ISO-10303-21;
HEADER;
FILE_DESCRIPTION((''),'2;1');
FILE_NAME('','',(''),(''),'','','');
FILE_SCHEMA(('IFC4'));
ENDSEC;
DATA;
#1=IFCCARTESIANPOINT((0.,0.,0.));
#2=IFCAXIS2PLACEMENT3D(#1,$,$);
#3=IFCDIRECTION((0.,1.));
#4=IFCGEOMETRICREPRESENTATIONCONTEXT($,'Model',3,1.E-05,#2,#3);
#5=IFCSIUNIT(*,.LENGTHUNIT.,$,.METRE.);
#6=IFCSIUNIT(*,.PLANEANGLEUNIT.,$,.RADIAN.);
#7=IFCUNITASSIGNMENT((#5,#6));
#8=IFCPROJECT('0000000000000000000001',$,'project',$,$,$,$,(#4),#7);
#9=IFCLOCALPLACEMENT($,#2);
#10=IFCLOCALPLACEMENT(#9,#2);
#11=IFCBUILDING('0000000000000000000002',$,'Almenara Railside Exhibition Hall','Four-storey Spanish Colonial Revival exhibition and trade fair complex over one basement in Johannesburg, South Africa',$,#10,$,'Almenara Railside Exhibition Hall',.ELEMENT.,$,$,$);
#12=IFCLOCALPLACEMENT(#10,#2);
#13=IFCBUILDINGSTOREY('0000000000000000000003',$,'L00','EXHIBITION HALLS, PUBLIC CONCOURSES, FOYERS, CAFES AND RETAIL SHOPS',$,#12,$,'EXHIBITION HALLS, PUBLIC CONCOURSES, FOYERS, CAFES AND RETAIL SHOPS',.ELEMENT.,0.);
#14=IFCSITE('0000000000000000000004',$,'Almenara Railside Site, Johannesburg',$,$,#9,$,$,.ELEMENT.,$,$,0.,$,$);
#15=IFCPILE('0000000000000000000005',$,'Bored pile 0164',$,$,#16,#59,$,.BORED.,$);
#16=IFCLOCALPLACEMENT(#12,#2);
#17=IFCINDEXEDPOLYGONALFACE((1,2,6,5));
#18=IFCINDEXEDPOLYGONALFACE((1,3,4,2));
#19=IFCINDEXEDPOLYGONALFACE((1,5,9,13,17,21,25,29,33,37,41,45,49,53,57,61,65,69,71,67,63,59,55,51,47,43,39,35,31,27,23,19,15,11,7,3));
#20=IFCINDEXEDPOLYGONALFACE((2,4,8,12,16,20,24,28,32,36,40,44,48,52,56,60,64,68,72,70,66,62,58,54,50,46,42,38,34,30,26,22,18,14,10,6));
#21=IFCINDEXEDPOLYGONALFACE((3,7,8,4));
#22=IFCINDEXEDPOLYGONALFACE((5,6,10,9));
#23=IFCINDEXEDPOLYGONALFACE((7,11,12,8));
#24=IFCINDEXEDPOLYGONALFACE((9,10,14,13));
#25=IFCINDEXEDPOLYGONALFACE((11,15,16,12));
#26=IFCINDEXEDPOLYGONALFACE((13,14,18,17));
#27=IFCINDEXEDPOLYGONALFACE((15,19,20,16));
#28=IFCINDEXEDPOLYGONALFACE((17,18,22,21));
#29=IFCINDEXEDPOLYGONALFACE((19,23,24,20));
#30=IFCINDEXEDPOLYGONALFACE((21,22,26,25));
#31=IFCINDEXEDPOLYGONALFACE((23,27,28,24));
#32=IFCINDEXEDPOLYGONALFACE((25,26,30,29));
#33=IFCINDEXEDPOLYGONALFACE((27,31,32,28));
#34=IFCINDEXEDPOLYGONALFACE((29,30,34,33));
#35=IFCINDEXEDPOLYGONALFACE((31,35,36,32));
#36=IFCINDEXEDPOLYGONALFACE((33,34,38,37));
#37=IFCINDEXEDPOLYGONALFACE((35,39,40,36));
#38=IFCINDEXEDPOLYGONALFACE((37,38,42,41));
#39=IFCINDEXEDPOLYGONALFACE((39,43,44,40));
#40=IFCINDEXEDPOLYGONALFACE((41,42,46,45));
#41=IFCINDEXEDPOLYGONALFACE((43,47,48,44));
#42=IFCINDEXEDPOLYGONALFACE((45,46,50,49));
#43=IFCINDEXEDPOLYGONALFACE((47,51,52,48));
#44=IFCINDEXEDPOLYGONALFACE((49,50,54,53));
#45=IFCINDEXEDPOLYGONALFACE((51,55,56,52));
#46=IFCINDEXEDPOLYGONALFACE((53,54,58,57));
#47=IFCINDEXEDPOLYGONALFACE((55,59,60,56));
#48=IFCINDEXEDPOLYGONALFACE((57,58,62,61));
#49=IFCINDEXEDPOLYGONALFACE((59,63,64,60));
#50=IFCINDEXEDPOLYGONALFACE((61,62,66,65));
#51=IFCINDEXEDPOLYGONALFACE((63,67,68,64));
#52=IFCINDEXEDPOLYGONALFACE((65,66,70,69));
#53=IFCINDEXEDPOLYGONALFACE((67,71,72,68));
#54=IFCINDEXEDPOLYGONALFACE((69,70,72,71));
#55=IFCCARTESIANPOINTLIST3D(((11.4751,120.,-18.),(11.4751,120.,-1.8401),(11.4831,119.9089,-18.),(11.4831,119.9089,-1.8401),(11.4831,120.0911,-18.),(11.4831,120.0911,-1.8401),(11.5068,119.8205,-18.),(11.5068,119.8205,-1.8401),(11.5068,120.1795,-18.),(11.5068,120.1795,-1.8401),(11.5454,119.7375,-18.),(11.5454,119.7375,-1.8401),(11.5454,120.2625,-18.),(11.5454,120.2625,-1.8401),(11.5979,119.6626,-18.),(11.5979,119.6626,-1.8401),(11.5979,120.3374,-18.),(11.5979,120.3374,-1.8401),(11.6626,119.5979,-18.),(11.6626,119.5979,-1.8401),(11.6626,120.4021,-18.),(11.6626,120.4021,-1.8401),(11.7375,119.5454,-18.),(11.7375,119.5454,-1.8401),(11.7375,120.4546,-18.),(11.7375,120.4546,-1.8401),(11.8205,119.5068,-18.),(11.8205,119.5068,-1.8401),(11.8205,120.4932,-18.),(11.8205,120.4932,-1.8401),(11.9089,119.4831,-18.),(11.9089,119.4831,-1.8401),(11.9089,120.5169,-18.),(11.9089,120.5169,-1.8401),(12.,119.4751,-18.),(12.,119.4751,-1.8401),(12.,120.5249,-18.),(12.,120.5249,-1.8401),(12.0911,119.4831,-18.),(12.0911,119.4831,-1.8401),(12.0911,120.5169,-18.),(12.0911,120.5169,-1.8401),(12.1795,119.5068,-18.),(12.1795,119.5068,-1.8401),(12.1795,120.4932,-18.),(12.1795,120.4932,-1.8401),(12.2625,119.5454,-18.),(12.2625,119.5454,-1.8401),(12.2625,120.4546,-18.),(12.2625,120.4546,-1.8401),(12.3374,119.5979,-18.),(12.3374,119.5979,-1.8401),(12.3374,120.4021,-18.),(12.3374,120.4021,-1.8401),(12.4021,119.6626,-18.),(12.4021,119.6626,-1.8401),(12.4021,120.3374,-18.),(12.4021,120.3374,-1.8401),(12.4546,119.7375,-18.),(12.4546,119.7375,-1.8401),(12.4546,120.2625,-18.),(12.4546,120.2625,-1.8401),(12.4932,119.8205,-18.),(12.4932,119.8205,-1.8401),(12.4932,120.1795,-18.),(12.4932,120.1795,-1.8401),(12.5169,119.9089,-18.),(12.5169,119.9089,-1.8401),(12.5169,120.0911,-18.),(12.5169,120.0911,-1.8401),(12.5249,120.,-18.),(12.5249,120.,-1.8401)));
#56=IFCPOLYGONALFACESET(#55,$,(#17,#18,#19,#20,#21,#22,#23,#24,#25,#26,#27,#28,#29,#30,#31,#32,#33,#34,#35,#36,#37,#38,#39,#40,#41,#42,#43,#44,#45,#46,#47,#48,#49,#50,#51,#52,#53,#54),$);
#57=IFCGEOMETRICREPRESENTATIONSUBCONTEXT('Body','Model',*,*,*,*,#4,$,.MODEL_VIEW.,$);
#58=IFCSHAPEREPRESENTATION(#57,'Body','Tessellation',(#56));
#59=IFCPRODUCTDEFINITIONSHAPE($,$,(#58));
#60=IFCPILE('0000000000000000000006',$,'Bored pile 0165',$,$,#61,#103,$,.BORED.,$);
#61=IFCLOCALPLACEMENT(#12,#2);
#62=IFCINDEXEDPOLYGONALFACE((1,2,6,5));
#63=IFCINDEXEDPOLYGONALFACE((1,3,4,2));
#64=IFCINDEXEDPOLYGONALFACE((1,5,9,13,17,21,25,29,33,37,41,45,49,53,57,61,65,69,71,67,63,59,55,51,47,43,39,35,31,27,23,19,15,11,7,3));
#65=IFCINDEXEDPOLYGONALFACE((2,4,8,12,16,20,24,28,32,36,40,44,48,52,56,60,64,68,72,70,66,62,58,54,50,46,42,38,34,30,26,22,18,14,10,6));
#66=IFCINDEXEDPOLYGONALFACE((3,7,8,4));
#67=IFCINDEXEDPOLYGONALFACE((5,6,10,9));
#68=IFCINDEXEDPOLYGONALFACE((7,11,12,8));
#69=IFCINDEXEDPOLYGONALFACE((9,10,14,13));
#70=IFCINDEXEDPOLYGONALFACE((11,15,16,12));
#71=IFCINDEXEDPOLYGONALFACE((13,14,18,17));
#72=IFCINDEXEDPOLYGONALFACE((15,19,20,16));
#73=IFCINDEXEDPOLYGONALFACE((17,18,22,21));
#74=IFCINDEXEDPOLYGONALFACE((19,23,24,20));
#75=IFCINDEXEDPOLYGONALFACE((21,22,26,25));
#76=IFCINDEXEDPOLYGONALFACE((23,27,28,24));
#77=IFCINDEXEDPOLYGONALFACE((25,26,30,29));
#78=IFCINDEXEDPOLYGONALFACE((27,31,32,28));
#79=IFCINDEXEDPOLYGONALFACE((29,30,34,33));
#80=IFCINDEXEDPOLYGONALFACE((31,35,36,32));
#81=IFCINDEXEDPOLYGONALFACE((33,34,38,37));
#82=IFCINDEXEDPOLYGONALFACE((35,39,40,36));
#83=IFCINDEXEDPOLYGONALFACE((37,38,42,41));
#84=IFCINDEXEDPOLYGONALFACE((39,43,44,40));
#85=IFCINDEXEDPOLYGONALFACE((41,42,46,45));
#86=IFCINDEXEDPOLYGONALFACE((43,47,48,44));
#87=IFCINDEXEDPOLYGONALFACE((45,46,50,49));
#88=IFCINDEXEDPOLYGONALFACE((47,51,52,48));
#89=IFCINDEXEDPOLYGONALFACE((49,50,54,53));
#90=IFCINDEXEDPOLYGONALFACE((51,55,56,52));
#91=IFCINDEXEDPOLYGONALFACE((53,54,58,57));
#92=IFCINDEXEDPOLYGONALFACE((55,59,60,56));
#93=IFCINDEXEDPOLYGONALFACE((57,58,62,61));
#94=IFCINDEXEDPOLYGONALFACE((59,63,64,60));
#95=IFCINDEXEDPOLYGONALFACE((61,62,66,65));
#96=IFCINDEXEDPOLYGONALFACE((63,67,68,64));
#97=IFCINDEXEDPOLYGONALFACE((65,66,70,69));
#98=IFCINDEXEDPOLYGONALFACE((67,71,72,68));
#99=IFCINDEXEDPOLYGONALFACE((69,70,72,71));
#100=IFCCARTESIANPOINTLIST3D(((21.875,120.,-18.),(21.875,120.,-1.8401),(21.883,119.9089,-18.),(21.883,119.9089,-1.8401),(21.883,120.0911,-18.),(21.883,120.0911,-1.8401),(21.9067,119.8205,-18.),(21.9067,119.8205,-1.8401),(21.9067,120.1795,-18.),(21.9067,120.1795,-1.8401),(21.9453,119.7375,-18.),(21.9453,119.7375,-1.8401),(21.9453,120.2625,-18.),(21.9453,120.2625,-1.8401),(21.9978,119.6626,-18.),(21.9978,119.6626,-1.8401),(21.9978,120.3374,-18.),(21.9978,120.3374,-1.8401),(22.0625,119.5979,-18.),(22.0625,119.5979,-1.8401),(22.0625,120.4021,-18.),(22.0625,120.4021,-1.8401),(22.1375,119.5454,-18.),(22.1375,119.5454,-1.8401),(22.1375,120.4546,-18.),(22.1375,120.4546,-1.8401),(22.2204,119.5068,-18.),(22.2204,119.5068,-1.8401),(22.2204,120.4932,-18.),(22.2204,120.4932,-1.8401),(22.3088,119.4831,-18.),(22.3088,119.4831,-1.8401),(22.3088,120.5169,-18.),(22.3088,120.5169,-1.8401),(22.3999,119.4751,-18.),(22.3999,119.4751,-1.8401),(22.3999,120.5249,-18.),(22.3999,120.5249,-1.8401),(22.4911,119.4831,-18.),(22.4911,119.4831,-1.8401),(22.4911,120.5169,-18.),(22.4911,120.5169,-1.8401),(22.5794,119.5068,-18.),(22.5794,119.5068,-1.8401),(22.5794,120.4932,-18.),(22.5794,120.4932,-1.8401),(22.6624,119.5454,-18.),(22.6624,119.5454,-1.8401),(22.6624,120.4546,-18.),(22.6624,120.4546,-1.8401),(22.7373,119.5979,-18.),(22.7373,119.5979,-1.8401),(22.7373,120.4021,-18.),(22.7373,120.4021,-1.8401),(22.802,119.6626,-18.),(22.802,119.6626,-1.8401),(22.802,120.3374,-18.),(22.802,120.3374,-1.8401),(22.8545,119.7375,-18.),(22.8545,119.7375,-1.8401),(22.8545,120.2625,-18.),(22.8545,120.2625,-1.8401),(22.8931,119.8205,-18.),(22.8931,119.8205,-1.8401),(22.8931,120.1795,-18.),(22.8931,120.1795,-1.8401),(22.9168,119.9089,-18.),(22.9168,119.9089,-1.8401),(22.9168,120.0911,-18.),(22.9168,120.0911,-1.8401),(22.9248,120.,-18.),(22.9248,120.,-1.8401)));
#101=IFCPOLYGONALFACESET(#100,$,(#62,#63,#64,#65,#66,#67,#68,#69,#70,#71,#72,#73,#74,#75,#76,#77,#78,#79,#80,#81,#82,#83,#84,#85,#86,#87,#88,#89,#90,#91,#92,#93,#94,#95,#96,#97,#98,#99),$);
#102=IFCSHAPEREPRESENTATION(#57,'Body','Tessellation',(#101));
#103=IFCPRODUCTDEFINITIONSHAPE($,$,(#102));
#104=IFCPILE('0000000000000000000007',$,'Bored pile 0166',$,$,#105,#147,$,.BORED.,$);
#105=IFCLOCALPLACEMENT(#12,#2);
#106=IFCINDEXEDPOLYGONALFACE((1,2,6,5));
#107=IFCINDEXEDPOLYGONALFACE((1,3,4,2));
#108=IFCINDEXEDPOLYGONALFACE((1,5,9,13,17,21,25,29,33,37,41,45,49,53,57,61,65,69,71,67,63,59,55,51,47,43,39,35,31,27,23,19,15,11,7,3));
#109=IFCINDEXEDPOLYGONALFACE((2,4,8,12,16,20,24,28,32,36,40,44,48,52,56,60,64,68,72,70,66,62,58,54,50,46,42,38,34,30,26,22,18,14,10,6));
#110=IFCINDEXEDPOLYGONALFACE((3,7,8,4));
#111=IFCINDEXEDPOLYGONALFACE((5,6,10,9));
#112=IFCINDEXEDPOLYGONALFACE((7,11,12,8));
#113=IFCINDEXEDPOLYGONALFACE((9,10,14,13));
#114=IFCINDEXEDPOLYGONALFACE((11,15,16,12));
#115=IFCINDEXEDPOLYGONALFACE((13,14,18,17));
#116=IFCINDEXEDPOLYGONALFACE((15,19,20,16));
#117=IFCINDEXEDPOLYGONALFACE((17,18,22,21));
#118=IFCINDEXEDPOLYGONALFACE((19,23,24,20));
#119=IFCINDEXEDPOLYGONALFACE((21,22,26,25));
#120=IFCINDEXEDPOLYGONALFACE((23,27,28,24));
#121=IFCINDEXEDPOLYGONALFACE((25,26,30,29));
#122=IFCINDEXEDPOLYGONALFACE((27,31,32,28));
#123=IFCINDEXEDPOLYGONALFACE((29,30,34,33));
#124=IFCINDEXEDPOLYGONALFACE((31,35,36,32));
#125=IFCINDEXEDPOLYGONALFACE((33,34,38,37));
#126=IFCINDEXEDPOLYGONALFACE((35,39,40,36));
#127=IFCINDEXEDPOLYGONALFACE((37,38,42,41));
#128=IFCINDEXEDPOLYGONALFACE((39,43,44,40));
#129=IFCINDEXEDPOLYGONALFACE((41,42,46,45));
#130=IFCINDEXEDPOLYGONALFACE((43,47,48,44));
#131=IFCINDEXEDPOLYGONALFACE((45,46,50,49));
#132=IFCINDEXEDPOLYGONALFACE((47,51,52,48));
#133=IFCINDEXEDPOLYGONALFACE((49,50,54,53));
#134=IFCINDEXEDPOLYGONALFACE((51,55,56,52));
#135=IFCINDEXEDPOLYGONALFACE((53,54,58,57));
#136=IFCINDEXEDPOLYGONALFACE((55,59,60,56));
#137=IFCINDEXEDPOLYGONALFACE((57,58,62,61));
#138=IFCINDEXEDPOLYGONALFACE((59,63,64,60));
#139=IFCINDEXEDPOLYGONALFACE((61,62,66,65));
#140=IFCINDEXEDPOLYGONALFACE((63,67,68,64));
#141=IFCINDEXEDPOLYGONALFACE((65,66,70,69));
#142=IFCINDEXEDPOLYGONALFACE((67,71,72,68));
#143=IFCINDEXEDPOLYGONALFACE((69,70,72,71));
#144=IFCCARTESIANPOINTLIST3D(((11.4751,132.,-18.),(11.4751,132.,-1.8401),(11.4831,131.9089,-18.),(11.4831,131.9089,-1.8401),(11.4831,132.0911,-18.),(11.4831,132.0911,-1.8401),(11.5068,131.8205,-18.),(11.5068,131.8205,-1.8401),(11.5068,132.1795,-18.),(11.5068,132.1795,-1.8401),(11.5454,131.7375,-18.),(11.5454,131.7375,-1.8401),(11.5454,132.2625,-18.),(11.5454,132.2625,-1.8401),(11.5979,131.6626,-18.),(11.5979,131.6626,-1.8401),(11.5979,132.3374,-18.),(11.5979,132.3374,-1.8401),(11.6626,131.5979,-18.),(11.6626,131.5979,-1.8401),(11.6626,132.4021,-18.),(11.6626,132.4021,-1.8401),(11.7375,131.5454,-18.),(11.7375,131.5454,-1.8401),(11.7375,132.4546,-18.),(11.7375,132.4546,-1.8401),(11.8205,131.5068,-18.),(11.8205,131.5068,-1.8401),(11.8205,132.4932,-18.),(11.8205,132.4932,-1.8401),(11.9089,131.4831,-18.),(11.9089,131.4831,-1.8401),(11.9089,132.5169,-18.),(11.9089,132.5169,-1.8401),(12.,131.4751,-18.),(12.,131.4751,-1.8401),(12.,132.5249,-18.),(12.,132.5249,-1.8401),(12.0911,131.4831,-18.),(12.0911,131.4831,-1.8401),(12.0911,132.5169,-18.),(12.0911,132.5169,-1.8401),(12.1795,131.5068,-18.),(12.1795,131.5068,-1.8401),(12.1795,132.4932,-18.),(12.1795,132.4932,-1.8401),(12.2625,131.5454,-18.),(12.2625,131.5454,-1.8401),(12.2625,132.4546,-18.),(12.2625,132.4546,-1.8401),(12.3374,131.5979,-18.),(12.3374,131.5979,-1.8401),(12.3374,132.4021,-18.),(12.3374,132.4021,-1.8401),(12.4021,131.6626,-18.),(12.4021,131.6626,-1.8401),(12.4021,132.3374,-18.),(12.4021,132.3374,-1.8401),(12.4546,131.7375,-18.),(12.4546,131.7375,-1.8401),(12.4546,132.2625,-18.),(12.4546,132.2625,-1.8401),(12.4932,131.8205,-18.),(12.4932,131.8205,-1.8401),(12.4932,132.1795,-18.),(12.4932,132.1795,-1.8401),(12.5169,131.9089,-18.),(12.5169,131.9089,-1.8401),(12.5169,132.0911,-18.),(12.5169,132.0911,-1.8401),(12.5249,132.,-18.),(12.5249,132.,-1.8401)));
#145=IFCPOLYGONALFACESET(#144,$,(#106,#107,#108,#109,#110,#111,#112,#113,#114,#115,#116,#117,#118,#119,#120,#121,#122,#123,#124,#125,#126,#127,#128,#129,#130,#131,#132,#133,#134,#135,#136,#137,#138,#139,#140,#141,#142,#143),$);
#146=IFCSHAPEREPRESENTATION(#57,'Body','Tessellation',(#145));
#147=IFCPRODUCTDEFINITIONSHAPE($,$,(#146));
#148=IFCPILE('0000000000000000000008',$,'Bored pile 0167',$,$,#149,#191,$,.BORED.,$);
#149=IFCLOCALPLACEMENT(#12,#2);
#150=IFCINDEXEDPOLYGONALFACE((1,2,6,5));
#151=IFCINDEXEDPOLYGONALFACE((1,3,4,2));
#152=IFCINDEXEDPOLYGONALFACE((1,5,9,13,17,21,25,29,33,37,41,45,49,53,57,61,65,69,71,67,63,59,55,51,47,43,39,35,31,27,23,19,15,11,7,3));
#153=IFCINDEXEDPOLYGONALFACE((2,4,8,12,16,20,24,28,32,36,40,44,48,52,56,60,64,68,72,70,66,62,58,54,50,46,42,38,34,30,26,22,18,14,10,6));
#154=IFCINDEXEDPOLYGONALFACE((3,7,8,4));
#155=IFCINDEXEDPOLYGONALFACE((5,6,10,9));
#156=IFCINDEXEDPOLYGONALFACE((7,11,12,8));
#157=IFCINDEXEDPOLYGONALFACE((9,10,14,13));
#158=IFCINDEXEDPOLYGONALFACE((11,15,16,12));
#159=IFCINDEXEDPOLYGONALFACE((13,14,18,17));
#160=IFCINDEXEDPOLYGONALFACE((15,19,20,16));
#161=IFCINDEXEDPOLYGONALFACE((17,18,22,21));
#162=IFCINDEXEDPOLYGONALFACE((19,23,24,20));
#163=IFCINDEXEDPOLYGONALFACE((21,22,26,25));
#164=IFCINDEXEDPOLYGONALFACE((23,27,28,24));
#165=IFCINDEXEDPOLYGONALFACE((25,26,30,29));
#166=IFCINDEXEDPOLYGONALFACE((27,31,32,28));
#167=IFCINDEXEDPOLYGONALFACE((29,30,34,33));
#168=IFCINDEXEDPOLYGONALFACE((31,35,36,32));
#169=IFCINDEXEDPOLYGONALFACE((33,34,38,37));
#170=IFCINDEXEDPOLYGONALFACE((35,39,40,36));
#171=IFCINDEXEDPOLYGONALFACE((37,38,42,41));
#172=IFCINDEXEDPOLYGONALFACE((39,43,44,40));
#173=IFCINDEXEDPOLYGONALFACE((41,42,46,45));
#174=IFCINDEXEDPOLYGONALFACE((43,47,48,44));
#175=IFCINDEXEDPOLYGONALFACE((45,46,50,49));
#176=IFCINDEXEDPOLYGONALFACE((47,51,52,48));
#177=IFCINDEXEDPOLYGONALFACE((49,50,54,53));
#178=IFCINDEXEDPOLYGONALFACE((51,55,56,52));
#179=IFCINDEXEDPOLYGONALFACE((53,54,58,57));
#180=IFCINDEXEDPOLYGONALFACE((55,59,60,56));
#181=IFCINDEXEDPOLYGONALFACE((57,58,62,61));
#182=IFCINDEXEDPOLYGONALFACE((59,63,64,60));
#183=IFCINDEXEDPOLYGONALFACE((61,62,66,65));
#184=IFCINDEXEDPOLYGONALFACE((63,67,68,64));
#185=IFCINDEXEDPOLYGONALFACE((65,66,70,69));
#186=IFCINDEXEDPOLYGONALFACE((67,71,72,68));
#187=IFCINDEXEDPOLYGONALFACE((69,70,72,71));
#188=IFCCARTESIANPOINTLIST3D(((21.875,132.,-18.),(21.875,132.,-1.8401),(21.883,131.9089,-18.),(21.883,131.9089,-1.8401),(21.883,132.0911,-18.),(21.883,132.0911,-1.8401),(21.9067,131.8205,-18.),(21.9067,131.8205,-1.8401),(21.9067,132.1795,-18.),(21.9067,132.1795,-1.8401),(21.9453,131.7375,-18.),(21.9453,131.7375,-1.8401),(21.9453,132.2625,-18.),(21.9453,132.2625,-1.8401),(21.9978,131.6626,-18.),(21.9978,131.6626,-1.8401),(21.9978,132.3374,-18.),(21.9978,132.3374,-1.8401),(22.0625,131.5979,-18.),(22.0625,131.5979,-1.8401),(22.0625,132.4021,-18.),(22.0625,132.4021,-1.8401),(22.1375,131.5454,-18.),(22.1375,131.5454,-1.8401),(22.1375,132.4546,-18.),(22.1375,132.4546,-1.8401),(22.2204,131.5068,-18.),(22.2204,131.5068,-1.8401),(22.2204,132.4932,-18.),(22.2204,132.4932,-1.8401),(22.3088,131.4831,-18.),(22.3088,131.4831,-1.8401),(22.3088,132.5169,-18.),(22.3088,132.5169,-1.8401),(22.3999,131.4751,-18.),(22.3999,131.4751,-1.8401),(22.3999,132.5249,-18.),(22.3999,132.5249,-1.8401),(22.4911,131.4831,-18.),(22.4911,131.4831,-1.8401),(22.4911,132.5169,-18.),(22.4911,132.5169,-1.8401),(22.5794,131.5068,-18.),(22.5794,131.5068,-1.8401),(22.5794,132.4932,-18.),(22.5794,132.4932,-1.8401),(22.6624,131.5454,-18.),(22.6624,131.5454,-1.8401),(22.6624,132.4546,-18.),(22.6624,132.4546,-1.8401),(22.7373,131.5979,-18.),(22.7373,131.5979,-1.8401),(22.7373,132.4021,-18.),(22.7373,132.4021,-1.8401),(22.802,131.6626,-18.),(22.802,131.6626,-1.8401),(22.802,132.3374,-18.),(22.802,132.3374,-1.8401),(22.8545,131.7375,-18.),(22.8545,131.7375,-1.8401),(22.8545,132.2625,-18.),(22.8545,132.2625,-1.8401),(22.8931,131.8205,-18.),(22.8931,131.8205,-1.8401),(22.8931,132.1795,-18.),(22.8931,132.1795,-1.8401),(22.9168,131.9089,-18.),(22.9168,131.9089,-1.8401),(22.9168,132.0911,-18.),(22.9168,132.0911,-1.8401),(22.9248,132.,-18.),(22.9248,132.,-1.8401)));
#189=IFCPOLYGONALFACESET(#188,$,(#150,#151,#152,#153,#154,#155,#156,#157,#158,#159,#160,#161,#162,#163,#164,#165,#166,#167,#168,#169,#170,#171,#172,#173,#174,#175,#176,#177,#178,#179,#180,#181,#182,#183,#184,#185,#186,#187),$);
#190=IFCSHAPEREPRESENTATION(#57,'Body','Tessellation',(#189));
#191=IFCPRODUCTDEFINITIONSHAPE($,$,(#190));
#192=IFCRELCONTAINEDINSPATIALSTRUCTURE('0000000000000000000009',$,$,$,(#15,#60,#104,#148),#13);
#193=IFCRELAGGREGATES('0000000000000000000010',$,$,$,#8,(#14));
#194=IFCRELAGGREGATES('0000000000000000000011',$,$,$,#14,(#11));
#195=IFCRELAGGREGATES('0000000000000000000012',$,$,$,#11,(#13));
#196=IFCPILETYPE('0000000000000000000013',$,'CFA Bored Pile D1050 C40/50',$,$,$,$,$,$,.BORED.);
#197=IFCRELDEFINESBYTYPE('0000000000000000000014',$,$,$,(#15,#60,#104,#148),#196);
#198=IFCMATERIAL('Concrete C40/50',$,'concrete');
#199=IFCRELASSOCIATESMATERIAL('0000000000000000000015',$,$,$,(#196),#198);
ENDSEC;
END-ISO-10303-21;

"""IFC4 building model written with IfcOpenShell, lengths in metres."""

from ifc_helpers import new_model, si_unit, direction, frame, origin, origin_2d, place, context, subcontext, project, spatial, circle, extrude, material, material_profile, profile_set, type_object, element, save


model = new_model("IFC4")

# Units and contexts
model_context = context("Model", 3, precision=1e-05, world=origin(), true_north=direction((0.0, 1.0)))
body_context = subcontext(model_context, "Body", "Model", "MODEL_VIEW")
ifc_project = project(units=[si_unit("LENGTHUNIT", "METRE"), si_unit("PLANEANGLEUNIT", "RADIAN")], contexts=[model_context])

# Site, building, storey
site_placement = place(None, origin())
site = spatial("IfcSite", under=ifc_project, at=site_placement, Name="Almenara Railside Site, Johannesburg", CompositionType="ELEMENT", RefElevation=0.0)
building_placement = place(site_placement, origin())
building = spatial("IfcBuilding", under=site, at=building_placement, Name="Almenara Railside Exhibition Hall", Description="Four-storey Spanish Colonial Revival exhibition and trade fair complex over one basement in Johannesburg, South Africa", LongName="Almenara Railside Exhibition Hall", CompositionType="ELEMENT")
storey_placement = place(building_placement, origin())
storey = spatial("IfcBuildingStorey", under=building, at=storey_placement, Name="L00", Description="EXHIBITION HALLS, PUBLIC CONCOURSES, FOYERS, CAFES AND RETAIL SHOPS", LongName="EXHIBITION HALLS, PUBLIC CONCOURSES, FOYERS, CAFES AND RETAIL SHOPS", CompositionType="ELEMENT", Elevation=0.0)

# Piles
ifc_material_1 = material(Name="Concrete C40/50", Category="concrete")
ifc_material_profile_1 = material_profile(ifc_material_1, circle(Radius=0.5249, at=origin_2d()), Name="CFA-PILE D1050")
ifc_profile_set_1 = profile_set([ifc_material_profile_1], Name="Concrete C40/50")
pile_type_1 = type_object("IfcPileType", Name="CFA Bored Pile D1050 C40/50", PredefinedType="BORED", material=ifc_profile_set_1)
for number, where, z_axis, x_axis, name in (
    (1, (12.0, 120.0, -1.8401), (0.0, 0.0, -1.0), (1.0, 0.0, 0.0), "Bored pile 0164"),
    (2, (22.3999, 120.0, -1.8401), (0.0, 0.0, -1.0), (1.0, 0.0, 0.0), "Bored pile 0165"),
    (3, (12.0, 132.0, -1.8401), (0.0, 0.0, -1.0), (1.0, 0.0, 0.0), "Bored pile 0166"),
    (4, (22.3999, 132.0, -1.8401), (0.0, 0.0, -1.0), (1.0, 0.0, 0.0), "Bored pile 0167"),
):
    element("IfcPile", number, at=place(storey_placement, frame(where, z_axis=z_axis, x_axis=x_axis)), inside=storey, type_object=pile_type_1, Name=name, PredefinedType="BORED", context=body_context, shape_type="SweptSolid", body=[
        extrude(circle(Radius=0.5249, at=origin_2d()), origin(), (0.0, 0.0, 1.0), 16.1599),
    ])

save(model, "model.ifc")
